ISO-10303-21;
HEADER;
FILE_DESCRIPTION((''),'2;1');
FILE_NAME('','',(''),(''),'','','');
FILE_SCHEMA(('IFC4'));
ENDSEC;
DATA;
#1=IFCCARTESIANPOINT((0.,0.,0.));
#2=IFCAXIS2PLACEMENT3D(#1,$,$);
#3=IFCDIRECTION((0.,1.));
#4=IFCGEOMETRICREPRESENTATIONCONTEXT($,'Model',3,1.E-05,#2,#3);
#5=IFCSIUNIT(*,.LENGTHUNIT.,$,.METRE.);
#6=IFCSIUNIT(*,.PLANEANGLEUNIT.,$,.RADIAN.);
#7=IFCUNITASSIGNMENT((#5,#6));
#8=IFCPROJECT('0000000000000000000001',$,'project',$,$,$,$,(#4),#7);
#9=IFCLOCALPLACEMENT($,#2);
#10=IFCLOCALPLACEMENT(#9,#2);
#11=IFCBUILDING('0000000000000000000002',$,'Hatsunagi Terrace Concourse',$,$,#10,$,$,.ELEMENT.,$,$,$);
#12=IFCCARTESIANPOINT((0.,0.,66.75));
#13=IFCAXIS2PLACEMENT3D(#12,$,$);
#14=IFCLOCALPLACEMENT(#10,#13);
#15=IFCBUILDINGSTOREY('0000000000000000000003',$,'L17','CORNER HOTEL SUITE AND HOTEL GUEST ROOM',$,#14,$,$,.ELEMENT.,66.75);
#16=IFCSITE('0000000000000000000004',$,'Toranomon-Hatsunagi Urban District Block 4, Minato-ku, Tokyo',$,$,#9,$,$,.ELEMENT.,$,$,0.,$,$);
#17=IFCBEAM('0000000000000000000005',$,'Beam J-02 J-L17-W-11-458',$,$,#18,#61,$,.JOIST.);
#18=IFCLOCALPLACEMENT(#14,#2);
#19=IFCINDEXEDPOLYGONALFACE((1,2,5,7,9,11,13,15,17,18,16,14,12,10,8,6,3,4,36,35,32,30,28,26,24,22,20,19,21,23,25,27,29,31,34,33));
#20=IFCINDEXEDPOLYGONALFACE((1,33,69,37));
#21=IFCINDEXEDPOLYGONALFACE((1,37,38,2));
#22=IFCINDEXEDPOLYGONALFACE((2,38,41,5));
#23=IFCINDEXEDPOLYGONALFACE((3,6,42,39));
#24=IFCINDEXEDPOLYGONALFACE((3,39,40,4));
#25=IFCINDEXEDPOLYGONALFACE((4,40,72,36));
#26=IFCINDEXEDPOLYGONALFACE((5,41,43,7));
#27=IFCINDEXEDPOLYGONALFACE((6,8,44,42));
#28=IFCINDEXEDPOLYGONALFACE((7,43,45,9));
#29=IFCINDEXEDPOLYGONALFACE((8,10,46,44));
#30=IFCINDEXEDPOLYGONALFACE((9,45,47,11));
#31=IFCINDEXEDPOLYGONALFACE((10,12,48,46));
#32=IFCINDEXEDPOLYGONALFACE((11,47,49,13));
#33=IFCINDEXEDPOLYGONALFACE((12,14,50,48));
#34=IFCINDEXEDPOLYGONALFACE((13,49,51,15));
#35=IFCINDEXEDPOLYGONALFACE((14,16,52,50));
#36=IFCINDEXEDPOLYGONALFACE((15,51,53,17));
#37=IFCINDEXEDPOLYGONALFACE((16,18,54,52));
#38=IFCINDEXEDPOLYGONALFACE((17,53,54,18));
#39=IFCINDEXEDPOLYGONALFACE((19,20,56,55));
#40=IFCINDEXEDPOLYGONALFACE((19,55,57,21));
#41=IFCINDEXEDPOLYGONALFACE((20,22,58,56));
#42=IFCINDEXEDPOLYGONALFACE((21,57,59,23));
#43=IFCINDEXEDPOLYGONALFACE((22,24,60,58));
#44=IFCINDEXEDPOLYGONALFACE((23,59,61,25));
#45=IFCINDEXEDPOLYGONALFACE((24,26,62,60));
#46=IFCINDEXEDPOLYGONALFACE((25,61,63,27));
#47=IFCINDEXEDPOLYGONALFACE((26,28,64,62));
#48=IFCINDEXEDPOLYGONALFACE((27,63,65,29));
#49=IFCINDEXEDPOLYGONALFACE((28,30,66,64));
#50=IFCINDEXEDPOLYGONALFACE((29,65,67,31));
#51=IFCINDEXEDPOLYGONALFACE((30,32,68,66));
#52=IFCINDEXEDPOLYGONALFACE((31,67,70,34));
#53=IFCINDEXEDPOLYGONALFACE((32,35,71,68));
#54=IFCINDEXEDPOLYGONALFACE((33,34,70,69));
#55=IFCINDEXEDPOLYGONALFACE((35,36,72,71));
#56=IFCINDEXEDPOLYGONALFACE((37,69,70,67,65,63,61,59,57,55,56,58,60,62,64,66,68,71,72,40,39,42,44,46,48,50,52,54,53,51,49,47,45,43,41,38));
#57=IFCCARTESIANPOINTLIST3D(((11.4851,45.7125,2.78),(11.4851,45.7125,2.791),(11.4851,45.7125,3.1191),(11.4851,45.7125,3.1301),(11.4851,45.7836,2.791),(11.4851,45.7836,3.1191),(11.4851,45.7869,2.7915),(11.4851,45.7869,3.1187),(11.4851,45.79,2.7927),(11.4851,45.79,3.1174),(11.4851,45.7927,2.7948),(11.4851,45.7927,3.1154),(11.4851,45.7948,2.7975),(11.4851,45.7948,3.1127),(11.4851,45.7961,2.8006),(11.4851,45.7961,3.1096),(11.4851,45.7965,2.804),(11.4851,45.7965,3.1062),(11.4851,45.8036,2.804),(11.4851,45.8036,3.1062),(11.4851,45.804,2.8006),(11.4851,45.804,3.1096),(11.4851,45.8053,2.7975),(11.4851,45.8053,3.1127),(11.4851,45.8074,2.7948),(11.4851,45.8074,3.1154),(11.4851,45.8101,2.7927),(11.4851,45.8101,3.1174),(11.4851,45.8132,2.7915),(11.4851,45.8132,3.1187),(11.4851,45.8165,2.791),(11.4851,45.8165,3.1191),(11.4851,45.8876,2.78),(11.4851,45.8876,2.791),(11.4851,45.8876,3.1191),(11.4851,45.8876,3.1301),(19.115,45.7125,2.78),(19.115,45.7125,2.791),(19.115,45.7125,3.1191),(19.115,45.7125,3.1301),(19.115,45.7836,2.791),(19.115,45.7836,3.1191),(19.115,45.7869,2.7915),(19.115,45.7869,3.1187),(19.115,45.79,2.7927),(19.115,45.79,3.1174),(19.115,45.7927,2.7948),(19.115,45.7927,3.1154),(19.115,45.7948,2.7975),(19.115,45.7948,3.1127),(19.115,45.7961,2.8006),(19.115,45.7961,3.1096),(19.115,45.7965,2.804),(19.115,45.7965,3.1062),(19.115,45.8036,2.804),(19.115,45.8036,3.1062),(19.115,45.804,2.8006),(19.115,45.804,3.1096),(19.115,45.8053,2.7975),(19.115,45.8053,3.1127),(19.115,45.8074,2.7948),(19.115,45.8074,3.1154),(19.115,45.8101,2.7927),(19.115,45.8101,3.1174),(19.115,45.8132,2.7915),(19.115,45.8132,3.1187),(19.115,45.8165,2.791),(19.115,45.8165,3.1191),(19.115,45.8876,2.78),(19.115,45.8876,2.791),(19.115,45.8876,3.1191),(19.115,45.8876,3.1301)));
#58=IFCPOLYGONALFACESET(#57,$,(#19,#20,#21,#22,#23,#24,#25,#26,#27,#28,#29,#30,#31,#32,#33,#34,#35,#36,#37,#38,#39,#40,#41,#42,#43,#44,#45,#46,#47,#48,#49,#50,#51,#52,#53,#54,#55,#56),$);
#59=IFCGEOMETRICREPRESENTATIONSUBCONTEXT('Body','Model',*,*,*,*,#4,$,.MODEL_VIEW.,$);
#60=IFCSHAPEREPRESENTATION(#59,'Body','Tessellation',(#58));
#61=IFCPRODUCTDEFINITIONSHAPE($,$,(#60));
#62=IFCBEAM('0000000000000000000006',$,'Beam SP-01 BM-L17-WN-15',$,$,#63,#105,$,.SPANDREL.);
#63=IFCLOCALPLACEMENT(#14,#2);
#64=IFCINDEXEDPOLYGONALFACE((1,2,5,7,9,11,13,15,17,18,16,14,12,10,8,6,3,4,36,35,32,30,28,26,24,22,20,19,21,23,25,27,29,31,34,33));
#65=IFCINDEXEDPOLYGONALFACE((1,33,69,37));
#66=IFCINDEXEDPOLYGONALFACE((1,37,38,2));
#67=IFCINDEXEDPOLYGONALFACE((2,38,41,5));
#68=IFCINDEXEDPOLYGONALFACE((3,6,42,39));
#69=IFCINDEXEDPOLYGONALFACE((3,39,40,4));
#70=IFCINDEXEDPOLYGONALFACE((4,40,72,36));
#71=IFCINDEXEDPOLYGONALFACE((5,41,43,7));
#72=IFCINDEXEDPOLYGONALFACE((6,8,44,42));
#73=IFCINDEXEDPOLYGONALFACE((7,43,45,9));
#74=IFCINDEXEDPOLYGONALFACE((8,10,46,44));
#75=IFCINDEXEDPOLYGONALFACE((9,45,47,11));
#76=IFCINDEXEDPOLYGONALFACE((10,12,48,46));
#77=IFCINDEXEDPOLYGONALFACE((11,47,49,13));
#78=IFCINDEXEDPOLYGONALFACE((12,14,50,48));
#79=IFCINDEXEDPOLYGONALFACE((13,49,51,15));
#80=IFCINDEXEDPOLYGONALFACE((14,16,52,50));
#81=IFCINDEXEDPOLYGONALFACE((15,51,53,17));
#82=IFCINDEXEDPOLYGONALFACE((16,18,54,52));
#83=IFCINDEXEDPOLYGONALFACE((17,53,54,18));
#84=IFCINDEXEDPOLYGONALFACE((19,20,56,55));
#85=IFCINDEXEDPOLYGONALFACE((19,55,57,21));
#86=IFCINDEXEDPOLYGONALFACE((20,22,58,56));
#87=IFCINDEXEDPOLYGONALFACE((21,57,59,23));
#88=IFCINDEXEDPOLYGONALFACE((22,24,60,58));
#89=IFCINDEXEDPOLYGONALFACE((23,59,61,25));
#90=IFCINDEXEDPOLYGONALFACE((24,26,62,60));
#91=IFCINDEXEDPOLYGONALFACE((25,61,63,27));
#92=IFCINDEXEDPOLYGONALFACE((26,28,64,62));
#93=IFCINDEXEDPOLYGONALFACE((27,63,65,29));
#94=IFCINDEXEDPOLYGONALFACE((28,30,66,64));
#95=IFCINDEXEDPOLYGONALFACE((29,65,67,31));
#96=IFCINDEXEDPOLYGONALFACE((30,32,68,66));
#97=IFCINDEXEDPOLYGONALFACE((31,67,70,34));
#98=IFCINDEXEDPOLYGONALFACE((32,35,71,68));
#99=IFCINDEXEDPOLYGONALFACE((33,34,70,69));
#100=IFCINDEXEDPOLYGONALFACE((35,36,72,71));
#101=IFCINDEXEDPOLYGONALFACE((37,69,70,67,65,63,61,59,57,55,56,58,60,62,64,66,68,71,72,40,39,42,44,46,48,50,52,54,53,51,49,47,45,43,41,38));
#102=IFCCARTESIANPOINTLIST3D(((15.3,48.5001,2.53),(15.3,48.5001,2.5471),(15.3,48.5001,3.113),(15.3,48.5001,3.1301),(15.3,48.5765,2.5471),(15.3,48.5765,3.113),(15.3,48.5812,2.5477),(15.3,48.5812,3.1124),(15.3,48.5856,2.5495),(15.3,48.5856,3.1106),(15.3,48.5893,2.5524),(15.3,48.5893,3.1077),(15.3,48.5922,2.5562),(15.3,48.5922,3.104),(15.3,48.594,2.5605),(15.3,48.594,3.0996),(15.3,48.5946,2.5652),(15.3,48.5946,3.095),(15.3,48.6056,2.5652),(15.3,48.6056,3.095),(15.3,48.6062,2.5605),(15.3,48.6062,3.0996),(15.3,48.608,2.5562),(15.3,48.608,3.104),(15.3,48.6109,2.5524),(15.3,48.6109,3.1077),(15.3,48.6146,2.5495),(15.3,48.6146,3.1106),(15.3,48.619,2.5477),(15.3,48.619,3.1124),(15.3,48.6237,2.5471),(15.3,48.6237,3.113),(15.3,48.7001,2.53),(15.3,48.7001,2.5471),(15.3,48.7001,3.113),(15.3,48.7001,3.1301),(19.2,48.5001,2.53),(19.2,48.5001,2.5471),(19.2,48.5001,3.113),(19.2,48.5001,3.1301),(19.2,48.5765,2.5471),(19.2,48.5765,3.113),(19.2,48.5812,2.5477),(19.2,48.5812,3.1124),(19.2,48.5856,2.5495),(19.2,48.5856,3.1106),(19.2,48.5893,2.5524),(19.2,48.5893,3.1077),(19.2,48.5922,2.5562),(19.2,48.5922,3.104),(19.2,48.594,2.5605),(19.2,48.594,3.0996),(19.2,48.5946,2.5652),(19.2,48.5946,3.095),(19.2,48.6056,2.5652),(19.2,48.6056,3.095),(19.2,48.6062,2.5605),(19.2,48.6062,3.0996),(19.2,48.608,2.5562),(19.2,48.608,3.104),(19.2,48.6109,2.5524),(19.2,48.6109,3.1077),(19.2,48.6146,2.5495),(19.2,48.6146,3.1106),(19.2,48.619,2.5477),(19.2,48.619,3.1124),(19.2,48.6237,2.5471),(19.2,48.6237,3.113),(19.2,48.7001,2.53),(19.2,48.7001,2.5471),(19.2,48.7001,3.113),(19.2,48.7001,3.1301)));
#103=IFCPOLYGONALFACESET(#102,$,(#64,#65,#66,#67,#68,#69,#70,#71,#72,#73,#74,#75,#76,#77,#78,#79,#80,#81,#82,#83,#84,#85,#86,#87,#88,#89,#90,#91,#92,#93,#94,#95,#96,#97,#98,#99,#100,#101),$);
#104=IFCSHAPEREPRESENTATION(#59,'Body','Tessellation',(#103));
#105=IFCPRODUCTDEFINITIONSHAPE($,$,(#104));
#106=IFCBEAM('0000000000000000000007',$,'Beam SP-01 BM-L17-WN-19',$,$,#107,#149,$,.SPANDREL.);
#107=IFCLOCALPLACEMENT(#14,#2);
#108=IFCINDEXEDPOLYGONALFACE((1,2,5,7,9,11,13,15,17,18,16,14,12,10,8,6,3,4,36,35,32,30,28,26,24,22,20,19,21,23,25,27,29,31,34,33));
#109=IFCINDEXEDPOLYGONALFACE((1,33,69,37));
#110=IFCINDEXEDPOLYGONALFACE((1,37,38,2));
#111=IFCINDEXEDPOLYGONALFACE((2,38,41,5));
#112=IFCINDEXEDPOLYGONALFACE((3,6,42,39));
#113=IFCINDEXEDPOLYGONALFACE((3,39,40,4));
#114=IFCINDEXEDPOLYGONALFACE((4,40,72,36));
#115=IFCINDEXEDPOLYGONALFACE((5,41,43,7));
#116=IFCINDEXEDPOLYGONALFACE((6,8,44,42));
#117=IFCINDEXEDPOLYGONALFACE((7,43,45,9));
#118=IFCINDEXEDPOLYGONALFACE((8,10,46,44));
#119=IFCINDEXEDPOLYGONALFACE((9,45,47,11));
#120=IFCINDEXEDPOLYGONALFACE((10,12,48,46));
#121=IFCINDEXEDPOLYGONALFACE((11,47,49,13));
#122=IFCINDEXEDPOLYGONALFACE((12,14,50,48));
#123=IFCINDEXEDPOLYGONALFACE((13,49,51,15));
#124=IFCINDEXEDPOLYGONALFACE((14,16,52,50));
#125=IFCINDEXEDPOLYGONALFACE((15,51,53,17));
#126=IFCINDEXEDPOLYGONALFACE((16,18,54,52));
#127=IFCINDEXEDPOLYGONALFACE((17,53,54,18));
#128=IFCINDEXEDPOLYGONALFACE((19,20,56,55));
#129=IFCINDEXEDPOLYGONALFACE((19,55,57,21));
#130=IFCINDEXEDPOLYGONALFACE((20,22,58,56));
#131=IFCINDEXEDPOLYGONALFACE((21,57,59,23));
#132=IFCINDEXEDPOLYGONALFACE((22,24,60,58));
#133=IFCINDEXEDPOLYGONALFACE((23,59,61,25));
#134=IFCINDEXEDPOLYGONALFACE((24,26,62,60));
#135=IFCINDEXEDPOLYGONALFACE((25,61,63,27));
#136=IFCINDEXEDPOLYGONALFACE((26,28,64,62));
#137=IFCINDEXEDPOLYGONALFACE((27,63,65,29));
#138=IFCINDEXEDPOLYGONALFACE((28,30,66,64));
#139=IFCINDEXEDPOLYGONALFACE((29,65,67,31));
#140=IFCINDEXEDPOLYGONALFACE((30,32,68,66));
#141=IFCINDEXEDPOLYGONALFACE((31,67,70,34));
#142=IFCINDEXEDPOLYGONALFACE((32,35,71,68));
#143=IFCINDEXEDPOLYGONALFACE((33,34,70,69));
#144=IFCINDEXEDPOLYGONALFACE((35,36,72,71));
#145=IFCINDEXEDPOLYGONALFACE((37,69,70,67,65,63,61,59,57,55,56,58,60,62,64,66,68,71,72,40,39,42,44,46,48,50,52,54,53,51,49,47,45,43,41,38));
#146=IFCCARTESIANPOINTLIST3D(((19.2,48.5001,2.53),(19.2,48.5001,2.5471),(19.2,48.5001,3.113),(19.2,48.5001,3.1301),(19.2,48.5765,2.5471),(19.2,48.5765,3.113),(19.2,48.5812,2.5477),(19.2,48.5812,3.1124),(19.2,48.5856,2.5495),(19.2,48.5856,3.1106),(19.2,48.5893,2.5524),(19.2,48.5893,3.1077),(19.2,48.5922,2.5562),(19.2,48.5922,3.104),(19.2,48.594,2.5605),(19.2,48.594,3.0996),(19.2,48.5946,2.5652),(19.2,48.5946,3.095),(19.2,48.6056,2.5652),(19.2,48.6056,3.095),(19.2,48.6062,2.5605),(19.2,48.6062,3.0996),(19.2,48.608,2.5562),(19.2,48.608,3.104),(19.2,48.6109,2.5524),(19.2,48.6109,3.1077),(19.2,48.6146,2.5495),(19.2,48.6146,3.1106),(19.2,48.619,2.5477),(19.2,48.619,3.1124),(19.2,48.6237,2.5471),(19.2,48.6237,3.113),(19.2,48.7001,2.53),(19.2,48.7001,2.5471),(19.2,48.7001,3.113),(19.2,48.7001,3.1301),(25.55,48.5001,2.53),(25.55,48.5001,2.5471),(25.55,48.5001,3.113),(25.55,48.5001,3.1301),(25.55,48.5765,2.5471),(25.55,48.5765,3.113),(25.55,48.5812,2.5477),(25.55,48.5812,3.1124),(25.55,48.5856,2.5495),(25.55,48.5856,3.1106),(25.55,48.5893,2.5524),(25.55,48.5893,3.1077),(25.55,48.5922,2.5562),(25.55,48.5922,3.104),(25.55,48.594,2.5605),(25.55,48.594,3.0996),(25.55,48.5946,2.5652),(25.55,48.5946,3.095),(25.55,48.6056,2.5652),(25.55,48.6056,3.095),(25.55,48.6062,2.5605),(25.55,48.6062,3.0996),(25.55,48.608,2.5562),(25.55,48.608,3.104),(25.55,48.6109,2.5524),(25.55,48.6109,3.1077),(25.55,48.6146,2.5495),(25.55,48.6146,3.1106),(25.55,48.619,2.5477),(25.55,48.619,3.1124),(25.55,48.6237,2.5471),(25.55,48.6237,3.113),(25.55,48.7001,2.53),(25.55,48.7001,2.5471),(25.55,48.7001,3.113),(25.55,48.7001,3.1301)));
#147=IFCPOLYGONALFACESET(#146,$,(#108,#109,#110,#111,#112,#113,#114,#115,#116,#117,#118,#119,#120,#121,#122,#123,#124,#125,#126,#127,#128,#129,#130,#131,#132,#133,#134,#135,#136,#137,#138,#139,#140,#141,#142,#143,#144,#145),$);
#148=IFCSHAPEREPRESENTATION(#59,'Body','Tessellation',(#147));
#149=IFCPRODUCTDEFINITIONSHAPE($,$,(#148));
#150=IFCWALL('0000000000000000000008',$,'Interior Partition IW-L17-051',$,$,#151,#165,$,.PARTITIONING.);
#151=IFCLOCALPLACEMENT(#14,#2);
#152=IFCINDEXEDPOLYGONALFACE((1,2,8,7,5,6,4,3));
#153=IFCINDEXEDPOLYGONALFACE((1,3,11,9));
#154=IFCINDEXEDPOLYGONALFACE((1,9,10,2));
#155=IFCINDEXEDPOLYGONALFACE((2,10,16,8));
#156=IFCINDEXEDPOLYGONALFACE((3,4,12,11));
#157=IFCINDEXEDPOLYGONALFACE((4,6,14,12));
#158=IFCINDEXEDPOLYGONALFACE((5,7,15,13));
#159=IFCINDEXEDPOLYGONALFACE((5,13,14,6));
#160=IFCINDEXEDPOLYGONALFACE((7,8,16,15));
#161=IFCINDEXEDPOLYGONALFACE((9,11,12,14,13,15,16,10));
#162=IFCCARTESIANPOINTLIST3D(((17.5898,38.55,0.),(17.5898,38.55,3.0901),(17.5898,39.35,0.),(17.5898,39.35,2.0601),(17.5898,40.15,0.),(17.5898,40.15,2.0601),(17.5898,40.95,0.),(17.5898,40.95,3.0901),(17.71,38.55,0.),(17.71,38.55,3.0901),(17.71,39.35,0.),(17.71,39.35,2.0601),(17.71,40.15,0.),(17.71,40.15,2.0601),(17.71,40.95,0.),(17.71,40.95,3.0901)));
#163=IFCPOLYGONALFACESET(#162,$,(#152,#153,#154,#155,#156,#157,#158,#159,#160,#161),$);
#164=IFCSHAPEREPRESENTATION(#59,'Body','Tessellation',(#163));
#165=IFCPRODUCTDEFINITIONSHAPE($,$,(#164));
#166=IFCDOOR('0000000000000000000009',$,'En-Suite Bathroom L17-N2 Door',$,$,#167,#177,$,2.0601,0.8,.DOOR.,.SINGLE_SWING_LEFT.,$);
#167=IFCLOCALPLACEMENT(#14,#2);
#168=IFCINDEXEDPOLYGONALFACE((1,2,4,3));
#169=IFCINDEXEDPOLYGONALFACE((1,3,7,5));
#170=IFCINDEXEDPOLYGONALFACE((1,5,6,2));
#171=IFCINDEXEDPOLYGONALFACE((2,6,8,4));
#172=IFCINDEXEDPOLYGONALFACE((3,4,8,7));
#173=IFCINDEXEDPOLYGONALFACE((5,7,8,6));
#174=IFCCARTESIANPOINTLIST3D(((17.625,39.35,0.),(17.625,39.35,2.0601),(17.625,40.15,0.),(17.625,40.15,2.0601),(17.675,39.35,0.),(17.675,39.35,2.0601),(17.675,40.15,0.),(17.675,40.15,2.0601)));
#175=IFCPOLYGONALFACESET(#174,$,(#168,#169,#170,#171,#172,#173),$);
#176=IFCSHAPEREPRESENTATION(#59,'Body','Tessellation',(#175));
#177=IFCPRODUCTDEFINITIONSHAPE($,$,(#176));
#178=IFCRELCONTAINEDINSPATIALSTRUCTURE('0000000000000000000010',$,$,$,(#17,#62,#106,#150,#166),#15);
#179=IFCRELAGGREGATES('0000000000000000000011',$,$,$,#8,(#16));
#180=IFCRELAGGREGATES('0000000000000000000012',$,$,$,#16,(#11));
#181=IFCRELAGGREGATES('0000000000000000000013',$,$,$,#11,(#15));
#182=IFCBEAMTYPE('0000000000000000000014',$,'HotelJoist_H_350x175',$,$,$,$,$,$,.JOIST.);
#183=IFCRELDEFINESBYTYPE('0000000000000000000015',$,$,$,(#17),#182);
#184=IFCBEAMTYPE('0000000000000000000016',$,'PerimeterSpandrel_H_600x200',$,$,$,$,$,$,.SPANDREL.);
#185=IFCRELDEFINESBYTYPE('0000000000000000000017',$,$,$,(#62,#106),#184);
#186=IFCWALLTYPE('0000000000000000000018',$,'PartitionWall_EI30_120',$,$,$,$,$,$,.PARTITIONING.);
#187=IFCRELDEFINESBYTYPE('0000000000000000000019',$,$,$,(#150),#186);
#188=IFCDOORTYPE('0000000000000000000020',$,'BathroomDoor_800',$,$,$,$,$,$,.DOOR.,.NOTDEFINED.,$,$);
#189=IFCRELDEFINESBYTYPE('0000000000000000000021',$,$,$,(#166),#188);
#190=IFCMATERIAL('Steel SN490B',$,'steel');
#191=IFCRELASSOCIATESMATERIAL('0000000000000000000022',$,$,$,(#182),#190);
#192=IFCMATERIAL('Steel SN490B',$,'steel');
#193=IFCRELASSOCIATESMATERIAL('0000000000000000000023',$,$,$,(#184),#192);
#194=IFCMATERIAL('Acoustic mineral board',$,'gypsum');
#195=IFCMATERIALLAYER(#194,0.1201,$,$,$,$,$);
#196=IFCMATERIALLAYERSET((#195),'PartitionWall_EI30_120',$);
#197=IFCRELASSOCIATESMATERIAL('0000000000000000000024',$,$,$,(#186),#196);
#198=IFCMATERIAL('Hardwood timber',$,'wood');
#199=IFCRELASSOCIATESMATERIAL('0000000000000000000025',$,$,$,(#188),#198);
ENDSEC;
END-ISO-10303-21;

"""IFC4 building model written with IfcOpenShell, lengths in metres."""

from ifc_helpers import new_model, si_unit, direction, frame, frame_2d, origin, origin_2d, place, context, subcontext, project, spatial, rectangle, i_section, extrude, material, layer, layer_set, material_profile, profile_set, type_object, element, fill, save


model = new_model("IFC4")

# Units and contexts
model_context = context("Model", 3, precision=1e-05, world=origin(), true_north=direction((0.0, 1.0)))
body_context = subcontext(model_context, "Body", "Model", "MODEL_VIEW")
ifc_project = project(units=[si_unit("LENGTHUNIT", "METRE"), si_unit("PLANEANGLEUNIT", "RADIAN")], contexts=[model_context])

# Site, building, storey
site_placement = place(None, origin())
site = spatial("IfcSite", under=ifc_project, at=site_placement, Name="Toranomon-Hatsunagi Urban District Block 4, Minato-ku, Tokyo", CompositionType="ELEMENT", RefElevation=0.0)
building_placement = place(site_placement, origin())
building = spatial("IfcBuilding", under=site, at=building_placement, Name="Hatsunagi Terrace Concourse", CompositionType="ELEMENT")
storey_placement = place(building_placement, frame((0.0, 0.0, 66.75)))
storey = spatial("IfcBuildingStorey", under=building, at=storey_placement, Name="L17", Description="CORNER HOTEL SUITE AND HOTEL GUEST ROOM", CompositionType="ELEMENT", Elevation=66.75)

# Beams
ifc_material_1 = material(Name="Steel SN490B", Category="steel")
ifc_material_profile_1 = material_profile(ifc_material_1, i_section(OverallWidth=0.175, OverallDepth=0.3501, WebThickness=0.0071, FlangeThickness=0.011, FilletRadius=0.0129, at=origin_2d()), Name="H-350x175x7x11")
ifc_profile_set_1 = profile_set([ifc_material_profile_1], Name="Steel SN490B")
beam_type_1 = type_object("IfcBeamType", Name="HotelJoist_H_350x175", PredefinedType="JOIST", material=ifc_profile_set_1)
for number, where, z_axis, x_axis, name in (
    (1, (11.4851, 45.8, 2.9551), (1.0, 0.0, 0.0), (0.0, 1.0, 0.0), "Beam J-02 J-L17-W-11-458"),
):
    element("IfcBeam", number, at=place(storey_placement, frame(where, z_axis=z_axis, x_axis=x_axis)), inside=storey, type_object=beam_type_1, Name=name, PredefinedType="JOIST", context=body_context, shape_type="SweptSolid", body=[
        extrude(i_section(OverallWidth=0.175, OverallDepth=0.3501, WebThickness=0.0071, FlangeThickness=0.011, FilletRadius=0.0129, at=origin_2d()), origin(), (0.0, 0.0, 1.0), 7.6299),
    ])
ifc_material_2 = material(Name="Steel SN490B", Category="steel")
ifc_material_profile_2 = material_profile(ifc_material_2, i_section(OverallWidth=0.2, OverallDepth=0.6001, WebThickness=0.011, FlangeThickness=0.0171, FilletRadius=0.0181, at=origin_2d()), Name="H-600x200x11x17")
ifc_profile_set_2 = profile_set([ifc_material_profile_2], Name="Steel SN490B")
beam_type_2 = type_object("IfcBeamType", Name="PerimeterSpandrel_H_600x200", PredefinedType="SPANDREL", material=ifc_profile_set_2)
beam_1_placement = place(storey_placement, frame((15.3, 48.6001, 2.8301), z_axis=(1.0, 0.0, 0.0), x_axis=(0.0, 1.0, 0.0)))
element("IfcBeam", 2, at=beam_1_placement, inside=storey, type_object=beam_type_2, Name="Beam SP-01 BM-L17-WN-15", PredefinedType="SPANDREL", context=body_context, shape_type="SweptSolid", body=[
    extrude(i_section(OverallWidth=0.2, OverallDepth=0.6001, WebThickness=0.011, FlangeThickness=0.0171, FilletRadius=0.0181, at=origin_2d()), origin(), (0.0, 0.0, 1.0), 3.8999),
])
beam_2_placement = place(storey_placement, frame((19.2, 48.6001, 2.8301), z_axis=(1.0, 0.0, 0.0), x_axis=(0.0, 1.0, 0.0)))
element("IfcBeam", 3, at=beam_2_placement, inside=storey, type_object=beam_type_2, Name="Beam SP-01 BM-L17-WN-19", PredefinedType="SPANDREL", context=body_context, shape_type="SweptSolid", body=[
    extrude(i_section(OverallWidth=0.2, OverallDepth=0.6001, WebThickness=0.011, FlangeThickness=0.0171, FilletRadius=0.0181, at=origin_2d()), origin(), (0.0, 0.0, 1.0), 6.3501),
])

# Wall, opening, door
ifc_material_3 = material(Name="Acoustic mineral board", Category="gypsum")
ifc_layer_1 = layer(ifc_material_3, 0.1201)
ifc_layer_set_1 = layer_set([ifc_layer_1], Name="PartitionWall_EI30_120")
wall_type_1 = type_object("IfcWallType", Name="PartitionWall_EI30_120", PredefinedType="PARTITIONING", material=ifc_layer_set_1)
wall_1_placement = place(storey_placement, frame((17.6499, 38.55, 0.0), z_axis=(0.0, 0.0, 1.0), x_axis=(0.0, 1.0, 0.0)))
wall_1 = element("IfcWall", 4, at=wall_1_placement, inside=storey, type_object=wall_type_1, Name="Interior Partition IW-L17-051", PredefinedType="PARTITIONING", context=body_context, shape_type="SweptSolid", body=[
    extrude(rectangle(XDim=2.3999, YDim=0.1201, at=frame_2d((1.2, 0.0))), origin(), (0.0, 0.0, 1.0), 3.0901),
])
opening_1_placement = place(wall_1_placement, frame((0.8, 0.0, 0.0)))
opening_1 = element("IfcOpeningElement", 5, at=opening_1_placement, cuts=wall_1, PredefinedType="OPENING", context=body_context, shape_type="SweptSolid", body=[
    extrude(rectangle(XDim=0.8, YDim=2.0601, at=frame_2d((0.3999, 1.03))), frame((0.0, 0.0701, 0.0), z_axis=(0.0, -1.0, 0.0), x_axis=(1.0, 0.0, 0.0)), (0.0, 0.0, 1.0), 0.1401),
])
ifc_material_4 = material(Name="Hardwood timber", Category="wood")
door_type_1 = type_object("IfcDoorType", Name="BathroomDoor_800", OperationType="NOTDEFINED", PredefinedType="DOOR", material=ifc_material_4)
door_1_placement = place(opening_1_placement, origin())
door_1 = element("IfcDoor", 6, at=door_1_placement, inside=storey, type_object=door_type_1, Name="En-Suite Bathroom L17-N2 Door", OperationType="SINGLE_SWING_LEFT", OverallHeight=2.0601, OverallWidth=0.8, PredefinedType="DOOR", context=body_context, shape_type="SweptSolid", body=[
    extrude(rectangle(XDim=0.8, YDim=2.0601, at=frame_2d((0.3999, 1.03))), frame((0.0, 0.0249, 0.0), z_axis=(0.0, -1.0, 0.0), x_axis=(1.0, 0.0, 0.0)), (0.0, 0.0, 1.0), 0.05),
])
fill(opening_1, door_1)

save(model, "model.ifc")
